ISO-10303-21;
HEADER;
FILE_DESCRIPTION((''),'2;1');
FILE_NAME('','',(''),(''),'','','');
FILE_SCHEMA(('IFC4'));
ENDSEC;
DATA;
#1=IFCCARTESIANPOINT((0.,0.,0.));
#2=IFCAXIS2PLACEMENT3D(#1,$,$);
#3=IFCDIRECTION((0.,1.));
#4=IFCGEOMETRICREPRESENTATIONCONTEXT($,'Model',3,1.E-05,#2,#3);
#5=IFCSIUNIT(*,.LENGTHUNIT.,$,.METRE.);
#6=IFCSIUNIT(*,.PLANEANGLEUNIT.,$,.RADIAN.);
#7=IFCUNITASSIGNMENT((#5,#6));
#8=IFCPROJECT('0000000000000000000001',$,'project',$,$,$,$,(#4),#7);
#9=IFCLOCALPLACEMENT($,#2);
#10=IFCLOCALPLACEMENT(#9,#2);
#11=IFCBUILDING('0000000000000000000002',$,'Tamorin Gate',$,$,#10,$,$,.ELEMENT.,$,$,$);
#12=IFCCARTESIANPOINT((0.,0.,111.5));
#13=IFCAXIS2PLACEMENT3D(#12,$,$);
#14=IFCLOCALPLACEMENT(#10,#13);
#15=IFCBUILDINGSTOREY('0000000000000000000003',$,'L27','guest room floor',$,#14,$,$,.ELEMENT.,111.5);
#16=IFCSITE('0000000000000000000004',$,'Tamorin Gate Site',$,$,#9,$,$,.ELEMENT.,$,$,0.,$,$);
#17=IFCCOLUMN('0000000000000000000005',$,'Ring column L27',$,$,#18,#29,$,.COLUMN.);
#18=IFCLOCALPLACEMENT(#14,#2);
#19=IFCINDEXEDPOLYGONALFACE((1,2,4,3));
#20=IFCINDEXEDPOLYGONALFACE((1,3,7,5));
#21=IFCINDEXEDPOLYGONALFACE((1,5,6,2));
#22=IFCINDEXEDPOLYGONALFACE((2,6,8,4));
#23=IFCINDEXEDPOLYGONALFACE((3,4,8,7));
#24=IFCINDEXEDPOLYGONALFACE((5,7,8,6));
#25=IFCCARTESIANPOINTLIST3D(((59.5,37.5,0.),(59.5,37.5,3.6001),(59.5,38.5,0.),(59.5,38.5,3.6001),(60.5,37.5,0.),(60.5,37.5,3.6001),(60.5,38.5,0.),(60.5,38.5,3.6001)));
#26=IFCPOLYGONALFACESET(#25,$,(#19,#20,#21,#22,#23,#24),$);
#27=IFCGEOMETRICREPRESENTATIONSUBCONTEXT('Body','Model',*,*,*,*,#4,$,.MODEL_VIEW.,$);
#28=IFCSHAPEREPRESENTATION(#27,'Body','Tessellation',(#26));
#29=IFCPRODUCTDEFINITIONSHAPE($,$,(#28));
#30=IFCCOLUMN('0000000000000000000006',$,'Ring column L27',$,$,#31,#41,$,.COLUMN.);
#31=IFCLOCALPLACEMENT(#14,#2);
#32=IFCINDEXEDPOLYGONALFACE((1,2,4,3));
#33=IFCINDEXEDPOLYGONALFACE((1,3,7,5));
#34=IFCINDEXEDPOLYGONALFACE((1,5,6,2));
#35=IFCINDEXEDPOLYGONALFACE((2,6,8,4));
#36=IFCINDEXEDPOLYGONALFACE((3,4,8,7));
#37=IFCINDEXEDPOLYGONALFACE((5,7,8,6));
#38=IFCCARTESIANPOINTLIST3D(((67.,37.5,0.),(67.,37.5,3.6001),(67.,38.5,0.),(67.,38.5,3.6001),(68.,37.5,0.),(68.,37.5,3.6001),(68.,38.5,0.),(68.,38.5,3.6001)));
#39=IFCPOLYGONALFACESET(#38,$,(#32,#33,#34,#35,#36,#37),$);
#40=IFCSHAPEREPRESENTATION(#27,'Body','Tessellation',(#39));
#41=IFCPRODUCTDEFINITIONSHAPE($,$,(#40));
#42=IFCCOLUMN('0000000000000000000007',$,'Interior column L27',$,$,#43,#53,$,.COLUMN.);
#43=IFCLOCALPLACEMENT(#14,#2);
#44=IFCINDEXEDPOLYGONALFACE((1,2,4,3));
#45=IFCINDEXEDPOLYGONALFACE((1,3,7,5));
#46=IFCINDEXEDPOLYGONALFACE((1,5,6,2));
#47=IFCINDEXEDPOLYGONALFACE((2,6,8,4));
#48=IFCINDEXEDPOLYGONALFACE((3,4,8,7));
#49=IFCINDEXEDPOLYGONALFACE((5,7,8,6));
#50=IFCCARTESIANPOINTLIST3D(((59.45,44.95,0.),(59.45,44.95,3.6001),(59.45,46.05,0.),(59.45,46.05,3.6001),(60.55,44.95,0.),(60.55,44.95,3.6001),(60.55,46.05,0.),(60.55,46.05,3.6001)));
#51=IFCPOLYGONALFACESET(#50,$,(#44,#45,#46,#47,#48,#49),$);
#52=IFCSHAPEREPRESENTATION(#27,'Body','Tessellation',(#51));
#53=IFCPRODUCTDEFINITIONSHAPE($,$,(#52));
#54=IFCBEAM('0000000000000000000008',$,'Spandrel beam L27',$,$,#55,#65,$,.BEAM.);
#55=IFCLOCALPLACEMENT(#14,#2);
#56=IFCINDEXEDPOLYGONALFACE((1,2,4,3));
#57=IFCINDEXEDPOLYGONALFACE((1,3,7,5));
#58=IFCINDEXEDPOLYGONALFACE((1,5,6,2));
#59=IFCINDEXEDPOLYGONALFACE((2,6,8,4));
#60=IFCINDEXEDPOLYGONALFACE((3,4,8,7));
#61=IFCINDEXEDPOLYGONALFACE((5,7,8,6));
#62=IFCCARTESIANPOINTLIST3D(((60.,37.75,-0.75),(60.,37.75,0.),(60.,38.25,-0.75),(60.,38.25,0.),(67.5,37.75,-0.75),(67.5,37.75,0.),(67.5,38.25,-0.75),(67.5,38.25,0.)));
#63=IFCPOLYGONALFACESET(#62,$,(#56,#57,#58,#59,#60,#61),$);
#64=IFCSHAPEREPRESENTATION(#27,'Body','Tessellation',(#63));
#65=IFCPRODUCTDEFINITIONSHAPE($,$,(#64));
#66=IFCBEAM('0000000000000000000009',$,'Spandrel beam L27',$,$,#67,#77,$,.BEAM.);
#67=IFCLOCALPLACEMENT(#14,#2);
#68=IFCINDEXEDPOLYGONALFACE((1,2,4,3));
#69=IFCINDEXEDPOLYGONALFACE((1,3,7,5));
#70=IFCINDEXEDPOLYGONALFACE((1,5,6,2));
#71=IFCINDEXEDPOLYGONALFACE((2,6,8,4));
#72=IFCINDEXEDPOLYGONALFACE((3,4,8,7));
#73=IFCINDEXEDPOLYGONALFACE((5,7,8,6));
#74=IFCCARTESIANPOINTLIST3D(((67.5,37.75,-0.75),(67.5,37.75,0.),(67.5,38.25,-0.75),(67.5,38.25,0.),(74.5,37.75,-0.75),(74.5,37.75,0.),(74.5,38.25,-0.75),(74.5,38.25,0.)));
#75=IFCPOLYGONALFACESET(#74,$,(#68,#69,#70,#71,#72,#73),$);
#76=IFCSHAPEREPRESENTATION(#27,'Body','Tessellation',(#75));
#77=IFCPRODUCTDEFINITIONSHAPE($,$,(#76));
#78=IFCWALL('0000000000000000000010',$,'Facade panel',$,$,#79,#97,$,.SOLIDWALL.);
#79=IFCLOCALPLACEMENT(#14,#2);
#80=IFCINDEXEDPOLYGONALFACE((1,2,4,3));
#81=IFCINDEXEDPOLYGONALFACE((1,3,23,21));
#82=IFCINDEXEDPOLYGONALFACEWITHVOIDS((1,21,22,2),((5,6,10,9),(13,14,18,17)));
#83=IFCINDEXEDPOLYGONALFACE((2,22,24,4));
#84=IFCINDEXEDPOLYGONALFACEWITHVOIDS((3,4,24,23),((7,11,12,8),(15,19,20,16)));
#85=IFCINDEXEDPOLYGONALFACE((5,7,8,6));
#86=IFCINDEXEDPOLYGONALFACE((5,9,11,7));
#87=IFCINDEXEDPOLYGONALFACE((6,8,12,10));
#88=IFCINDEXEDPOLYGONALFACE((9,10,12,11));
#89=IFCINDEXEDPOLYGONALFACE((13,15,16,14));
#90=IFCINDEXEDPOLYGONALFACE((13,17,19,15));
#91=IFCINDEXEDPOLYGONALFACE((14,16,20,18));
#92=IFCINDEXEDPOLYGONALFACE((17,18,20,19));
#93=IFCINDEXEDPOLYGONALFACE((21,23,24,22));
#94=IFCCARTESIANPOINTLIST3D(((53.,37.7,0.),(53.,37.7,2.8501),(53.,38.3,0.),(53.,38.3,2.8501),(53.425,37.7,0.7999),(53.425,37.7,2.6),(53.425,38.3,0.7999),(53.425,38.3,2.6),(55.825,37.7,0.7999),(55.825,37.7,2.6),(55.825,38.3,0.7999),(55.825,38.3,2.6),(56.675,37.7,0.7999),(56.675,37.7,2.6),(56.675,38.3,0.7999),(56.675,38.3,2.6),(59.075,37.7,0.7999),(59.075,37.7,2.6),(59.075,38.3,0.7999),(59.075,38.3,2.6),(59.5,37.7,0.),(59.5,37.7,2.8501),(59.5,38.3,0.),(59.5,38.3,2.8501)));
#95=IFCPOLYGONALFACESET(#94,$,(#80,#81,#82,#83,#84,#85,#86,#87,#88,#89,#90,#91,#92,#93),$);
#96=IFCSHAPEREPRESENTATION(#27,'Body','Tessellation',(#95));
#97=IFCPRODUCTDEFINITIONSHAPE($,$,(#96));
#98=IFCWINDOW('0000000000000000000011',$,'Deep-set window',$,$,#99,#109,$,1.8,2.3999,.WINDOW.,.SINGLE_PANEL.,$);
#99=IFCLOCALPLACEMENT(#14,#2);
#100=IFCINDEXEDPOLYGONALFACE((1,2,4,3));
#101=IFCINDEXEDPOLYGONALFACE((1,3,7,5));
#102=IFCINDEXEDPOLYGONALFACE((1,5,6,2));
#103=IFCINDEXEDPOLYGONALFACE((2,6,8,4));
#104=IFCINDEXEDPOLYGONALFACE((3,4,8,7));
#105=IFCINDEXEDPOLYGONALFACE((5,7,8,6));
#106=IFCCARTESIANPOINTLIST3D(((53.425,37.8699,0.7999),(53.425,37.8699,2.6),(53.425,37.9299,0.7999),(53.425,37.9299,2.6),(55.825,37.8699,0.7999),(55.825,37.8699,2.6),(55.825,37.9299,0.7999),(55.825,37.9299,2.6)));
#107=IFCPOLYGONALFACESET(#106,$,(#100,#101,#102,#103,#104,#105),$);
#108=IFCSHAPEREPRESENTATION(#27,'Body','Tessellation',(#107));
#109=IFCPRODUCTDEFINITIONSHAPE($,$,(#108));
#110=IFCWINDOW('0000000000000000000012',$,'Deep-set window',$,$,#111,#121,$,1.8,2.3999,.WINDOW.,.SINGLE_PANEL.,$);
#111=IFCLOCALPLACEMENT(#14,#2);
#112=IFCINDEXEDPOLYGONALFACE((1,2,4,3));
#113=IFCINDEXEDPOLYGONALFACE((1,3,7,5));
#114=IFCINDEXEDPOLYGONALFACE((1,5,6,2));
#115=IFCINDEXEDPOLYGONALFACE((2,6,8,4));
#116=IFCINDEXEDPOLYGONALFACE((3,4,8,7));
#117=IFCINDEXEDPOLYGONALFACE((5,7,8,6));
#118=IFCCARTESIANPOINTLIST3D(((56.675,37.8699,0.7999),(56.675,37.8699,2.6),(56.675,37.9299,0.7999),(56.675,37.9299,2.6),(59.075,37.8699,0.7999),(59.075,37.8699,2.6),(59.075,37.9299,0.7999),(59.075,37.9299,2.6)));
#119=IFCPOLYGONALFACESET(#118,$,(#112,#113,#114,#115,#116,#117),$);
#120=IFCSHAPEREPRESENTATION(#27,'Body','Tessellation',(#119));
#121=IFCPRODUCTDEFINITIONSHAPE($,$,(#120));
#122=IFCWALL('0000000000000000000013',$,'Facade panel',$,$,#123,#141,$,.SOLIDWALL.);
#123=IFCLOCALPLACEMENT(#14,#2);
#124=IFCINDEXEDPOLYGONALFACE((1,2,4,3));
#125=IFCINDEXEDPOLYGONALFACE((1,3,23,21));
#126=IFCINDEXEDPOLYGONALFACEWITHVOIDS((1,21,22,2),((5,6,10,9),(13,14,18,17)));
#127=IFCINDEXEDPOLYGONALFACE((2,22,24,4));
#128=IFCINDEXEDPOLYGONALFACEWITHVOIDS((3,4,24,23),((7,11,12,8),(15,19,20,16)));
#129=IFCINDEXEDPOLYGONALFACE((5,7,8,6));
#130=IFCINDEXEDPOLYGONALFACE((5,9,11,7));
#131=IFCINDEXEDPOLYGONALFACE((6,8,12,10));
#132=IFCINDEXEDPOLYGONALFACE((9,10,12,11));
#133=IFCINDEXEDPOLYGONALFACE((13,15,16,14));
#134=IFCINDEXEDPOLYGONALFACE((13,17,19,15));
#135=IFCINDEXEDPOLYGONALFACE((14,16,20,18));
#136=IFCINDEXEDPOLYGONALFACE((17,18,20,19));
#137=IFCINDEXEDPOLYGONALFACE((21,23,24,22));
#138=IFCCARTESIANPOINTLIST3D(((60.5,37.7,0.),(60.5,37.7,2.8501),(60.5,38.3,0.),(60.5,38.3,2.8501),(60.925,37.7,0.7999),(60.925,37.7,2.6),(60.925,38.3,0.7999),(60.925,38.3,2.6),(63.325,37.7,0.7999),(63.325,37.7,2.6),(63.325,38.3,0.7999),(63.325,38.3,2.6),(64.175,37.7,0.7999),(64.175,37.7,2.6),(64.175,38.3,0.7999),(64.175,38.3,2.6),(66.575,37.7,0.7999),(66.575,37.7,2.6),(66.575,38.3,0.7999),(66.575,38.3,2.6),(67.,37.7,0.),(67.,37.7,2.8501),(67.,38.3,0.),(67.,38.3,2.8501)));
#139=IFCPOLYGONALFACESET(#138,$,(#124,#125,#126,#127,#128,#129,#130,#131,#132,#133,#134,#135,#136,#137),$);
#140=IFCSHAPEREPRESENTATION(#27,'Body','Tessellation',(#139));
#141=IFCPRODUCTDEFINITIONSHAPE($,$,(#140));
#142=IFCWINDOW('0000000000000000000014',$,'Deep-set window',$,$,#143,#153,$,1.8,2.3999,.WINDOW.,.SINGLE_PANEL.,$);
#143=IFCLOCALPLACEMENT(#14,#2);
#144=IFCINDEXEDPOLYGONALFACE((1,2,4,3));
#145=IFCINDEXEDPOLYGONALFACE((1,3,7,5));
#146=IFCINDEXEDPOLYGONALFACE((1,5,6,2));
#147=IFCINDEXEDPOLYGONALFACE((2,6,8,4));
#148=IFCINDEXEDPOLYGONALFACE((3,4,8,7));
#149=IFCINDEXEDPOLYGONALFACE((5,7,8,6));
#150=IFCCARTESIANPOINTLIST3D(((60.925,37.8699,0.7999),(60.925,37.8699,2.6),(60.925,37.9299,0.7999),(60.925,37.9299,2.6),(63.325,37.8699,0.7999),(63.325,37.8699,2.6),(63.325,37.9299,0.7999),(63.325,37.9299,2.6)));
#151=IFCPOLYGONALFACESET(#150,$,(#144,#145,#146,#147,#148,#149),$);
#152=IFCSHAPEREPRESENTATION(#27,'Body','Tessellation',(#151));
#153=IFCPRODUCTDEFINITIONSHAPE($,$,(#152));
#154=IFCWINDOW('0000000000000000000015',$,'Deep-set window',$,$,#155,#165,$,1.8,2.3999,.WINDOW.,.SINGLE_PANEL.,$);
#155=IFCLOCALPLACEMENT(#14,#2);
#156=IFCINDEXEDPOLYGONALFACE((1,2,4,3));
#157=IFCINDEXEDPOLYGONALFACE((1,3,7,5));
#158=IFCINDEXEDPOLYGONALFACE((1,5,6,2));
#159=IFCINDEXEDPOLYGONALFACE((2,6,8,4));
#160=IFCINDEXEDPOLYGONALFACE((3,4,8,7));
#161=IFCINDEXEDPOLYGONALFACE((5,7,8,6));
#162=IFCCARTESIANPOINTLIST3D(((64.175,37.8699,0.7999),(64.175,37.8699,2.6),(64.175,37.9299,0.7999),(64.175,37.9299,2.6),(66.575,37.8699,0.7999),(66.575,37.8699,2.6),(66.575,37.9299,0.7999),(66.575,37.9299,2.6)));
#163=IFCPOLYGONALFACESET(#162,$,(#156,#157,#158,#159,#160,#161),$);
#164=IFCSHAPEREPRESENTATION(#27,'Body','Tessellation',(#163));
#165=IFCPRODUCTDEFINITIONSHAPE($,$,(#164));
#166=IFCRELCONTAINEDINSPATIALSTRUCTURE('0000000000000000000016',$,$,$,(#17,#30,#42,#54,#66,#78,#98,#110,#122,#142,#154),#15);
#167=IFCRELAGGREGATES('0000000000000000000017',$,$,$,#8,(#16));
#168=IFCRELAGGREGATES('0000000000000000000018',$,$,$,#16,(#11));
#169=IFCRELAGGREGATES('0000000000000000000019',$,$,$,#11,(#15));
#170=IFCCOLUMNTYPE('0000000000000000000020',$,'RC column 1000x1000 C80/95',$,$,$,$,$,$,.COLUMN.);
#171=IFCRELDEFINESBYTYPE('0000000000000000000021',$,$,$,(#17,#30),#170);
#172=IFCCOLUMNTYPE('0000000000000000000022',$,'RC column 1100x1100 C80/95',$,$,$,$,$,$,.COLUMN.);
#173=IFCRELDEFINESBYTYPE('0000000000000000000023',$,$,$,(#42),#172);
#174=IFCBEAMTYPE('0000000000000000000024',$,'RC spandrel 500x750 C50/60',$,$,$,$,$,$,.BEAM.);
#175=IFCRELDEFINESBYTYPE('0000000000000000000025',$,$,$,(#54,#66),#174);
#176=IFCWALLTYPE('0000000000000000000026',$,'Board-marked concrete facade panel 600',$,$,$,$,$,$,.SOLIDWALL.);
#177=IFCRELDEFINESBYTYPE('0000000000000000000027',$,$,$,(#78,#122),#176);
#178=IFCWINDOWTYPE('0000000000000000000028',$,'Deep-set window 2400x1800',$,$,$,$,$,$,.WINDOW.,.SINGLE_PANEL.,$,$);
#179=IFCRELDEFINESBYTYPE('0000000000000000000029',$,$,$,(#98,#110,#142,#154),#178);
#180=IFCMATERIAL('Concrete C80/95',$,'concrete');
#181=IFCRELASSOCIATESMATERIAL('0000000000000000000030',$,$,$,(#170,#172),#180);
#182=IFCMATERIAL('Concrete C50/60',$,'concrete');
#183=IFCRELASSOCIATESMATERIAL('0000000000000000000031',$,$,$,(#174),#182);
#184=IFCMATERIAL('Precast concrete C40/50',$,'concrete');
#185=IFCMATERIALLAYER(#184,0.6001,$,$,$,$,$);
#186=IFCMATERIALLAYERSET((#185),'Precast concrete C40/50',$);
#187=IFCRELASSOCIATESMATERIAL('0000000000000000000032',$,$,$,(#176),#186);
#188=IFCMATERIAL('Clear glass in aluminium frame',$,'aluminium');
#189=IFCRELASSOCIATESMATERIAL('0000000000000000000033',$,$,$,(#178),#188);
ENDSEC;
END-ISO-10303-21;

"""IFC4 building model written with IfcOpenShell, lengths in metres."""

from ifc_helpers import new_model, si_unit, direction, frame, frame_2d, origin, origin_2d, place, context, subcontext, project, spatial, rectangle, extrude, material, layer, layer_set, material_profile, profile_set, type_object, element, fill, save


model = new_model("IFC4")

# Units and contexts
model_context = context("Model", 3, precision=1e-05, world=origin(), true_north=direction((0.0, 1.0)))
body_context = subcontext(model_context, "Body", "Model", "MODEL_VIEW")
ifc_project = project(units=[si_unit("LENGTHUNIT", "METRE"), si_unit("PLANEANGLEUNIT", "RADIAN")], contexts=[model_context])

# Site, building, storey
site_placement = place(None, origin())
site = spatial("IfcSite", under=ifc_project, at=site_placement, Name="Tamorin Gate Site", CompositionType="ELEMENT", RefElevation=0.0)
building_placement = place(site_placement, origin())
building = spatial("IfcBuilding", under=site, at=building_placement, Name="Tamorin Gate", CompositionType="ELEMENT")
storey_placement = place(building_placement, frame((0.0, 0.0, 111.5)))
storey = spatial("IfcBuildingStorey", under=building, at=storey_placement, Name="L27", Description="guest room floor", CompositionType="ELEMENT", Elevation=111.5)

# Columns
ifc_material_1 = material(Name="Concrete C80/95", Category="concrete")
ifc_material_profile_1 = material_profile(ifc_material_1, rectangle(XDim=1.0, YDim=1.0, at=origin_2d()), Name="RC 1000x1000")
ifc_profile_set_1 = profile_set([ifc_material_profile_1], Name="Concrete C80/95")
column_type_1 = type_object("IfcColumnType", Name="RC column 1000x1000 C80/95", PredefinedType="COLUMN", material=ifc_profile_set_1)
for number, where, z_axis, x_axis, name in (
    (1, (60.0, 38.0, 0.0), (0.0, 0.0, 1.0), (1.0, 0.0, 0.0), "Ring column L27"),
    (2, (67.5, 38.0, 0.0), (0.0, 0.0, 1.0), (1.0, 0.0, 0.0), "Ring column L27"),
):
    element("IfcColumn", number, at=place(storey_placement, frame(where, z_axis=z_axis, x_axis=x_axis)), inside=storey, type_object=column_type_1, Name=name, PredefinedType="COLUMN", context=body_context, shape_type="SweptSolid", body=[
        extrude(rectangle(XDim=1.0, YDim=1.0, at=origin_2d()), origin(), (0.0, 0.0, 1.0), 3.6001),
    ])
ifc_material_profile_2 = material_profile(ifc_material_1, rectangle(XDim=1.1001, YDim=1.1001, at=origin_2d()), Name="RC 1100x1100")
ifc_profile_set_2 = profile_set([ifc_material_profile_2], Name="Concrete C80/95")
column_type_2 = type_object("IfcColumnType", Name="RC column 1100x1100 C80/95", PredefinedType="COLUMN", material=ifc_profile_set_2)
column_placement = place(storey_placement, frame((60.0, 45.5, 0.0), z_axis=(0.0, 0.0, 1.0), x_axis=(1.0, 0.0, 0.0)))
element("IfcColumn", 3, at=column_placement, inside=storey, type_object=column_type_2, Name="Interior column L27", PredefinedType="COLUMN", context=body_context, shape_type="SweptSolid", body=[
    extrude(rectangle(XDim=1.1001, YDim=1.1001, at=origin_2d()), origin(), (0.0, 0.0, 1.0), 3.6001),
])

# Beams
ifc_material_2 = material(Name="Concrete C50/60", Category="concrete")
ifc_material_profile_3 = material_profile(ifc_material_2, rectangle(XDim=0.5, YDim=0.75, at=origin_2d()), Name="RC 500x750")
ifc_profile_set_3 = profile_set([ifc_material_profile_3], Name="Concrete C50/60")
beam_type = type_object("IfcBeamType", Name="RC spandrel 500x750 C50/60", PredefinedType="BEAM", material=ifc_profile_set_3)
beam_1_placement = place(storey_placement, frame((60.0, 38.0, -0.375), z_axis=(1.0, 0.0, 0.0), x_axis=(0.0, 1.0, 0.0)))
element("IfcBeam", 4, at=beam_1_placement, inside=storey, type_object=beam_type, Name="Spandrel beam L27", PredefinedType="BEAM", context=body_context, shape_type="SweptSolid", body=[
    extrude(rectangle(XDim=0.5, YDim=0.75, at=origin_2d()), origin(), (0.0, 0.0, 1.0), 7.5),
])
beam_2_placement = place(storey_placement, frame((67.5, 38.0, -0.375), z_axis=(1.0, 0.0, 0.0), x_axis=(0.0, 1.0, 0.0)))
element("IfcBeam", 5, at=beam_2_placement, inside=storey, type_object=beam_type, Name="Spandrel beam L27", PredefinedType="BEAM", context=body_context, shape_type="SweptSolid", body=[
    extrude(rectangle(XDim=0.5, YDim=0.75, at=origin_2d()), origin(), (0.0, 0.0, 1.0), 7.0),
])

# Walls, openings, windows
ifc_material_3 = material(Name="Precast concrete C40/50", Category="concrete")
ifc_layer_1 = layer(ifc_material_3, 0.6001)
ifc_layer_set_1 = layer_set([ifc_layer_1], Name="Precast concrete C40/50")
wall_type_1 = type_object("IfcWallType", Name="Board-marked concrete facade panel 600", PredefinedType="SOLIDWALL", material=ifc_layer_set_1)
wall_1_placement = place(storey_placement, frame((53.0, 38.0, 0.0), z_axis=(0.0, 0.0, 1.0), x_axis=(1.0, 0.0, 0.0)))
wall_1 = element("IfcWall", 6, at=wall_1_placement, inside=storey, type_object=wall_type_1, Name="Facade panel", PredefinedType="SOLIDWALL", context=body_context, shape_type="SweptSolid", body=[
    extrude(rectangle(XDim=6.5, YDim=0.6001, at=frame_2d((3.25, 0.0))), origin(), (0.0, 0.0, 1.0), 2.8501),
])
opening_1_placement = place(wall_1_placement, frame((0.425, 0.0, 0.8)))
opening_1 = element("IfcOpeningElement", 7, at=opening_1_placement, cuts=wall_1, PredefinedType="OPENING", context=body_context, shape_type="SweptSolid", body=[
    extrude(rectangle(XDim=2.3999, YDim=1.8, at=frame_2d((1.2, 0.8999))), frame((0.0, 0.3101, 0.0), z_axis=(0.0, -1.0, 0.0), x_axis=(1.0, 0.0, 0.0)), (0.0, 0.0, 1.0), 0.6201),
])
opening_2_placement = place(wall_1_placement, frame((3.675, 0.0, 0.8)))
opening_2 = element("IfcOpeningElement", 8, at=opening_2_placement, cuts=wall_1, PredefinedType="OPENING", context=body_context, shape_type="SweptSolid", body=[
    extrude(rectangle(XDim=2.3999, YDim=1.8, at=frame_2d((1.2, 0.8999))), frame((0.0, 0.3101, 0.0), z_axis=(0.0, -1.0, 0.0), x_axis=(1.0, 0.0, 0.0)), (0.0, 0.0, 1.0), 0.6201),
])
ifc_material_4 = material(Name="Clear glass in aluminium frame", Category="aluminium")
window_type = type_object("IfcWindowType", Name="Deep-set window 2400x1800", PartitioningType="SINGLE_PANEL", PredefinedType="WINDOW", material=ifc_material_4)
window_1_placement = place(opening_1_placement, origin())
window_1 = element("IfcWindow", 9, at=window_1_placement, inside=storey, type_object=window_type, Name="Deep-set window", OverallHeight=1.8, OverallWidth=2.3999, PartitioningType="SINGLE_PANEL", PredefinedType="WINDOW", context=body_context, shape_type="SweptSolid", body=[
    extrude(rectangle(XDim=2.3999, YDim=1.8, at=frame_2d((1.2, 0.8999))), frame((0.0, -0.0701, 0.0), z_axis=(0.0, -1.0, 0.0), x_axis=(1.0, 0.0, 0.0)), (0.0, 0.0, 1.0), 0.0601),
])
fill(opening_1, window_1)
window_2_placement = place(opening_2_placement, origin())
window_2 = element("IfcWindow", 10, at=window_2_placement, inside=storey, type_object=window_type, Name="Deep-set window", OverallHeight=1.8, OverallWidth=2.3999, PartitioningType="SINGLE_PANEL", PredefinedType="WINDOW", context=body_context, shape_type="SweptSolid", body=[
    extrude(rectangle(XDim=2.3999, YDim=1.8, at=frame_2d((1.2, 0.8999))), frame((0.0, -0.0701, 0.0), z_axis=(0.0, -1.0, 0.0), x_axis=(1.0, 0.0, 0.0)), (0.0, 0.0, 1.0), 0.0601),
])
fill(opening_2, window_2)
wall_2_placement = place(storey_placement, frame((60.5, 38.0, 0.0), z_axis=(0.0, 0.0, 1.0), x_axis=(1.0, 0.0, 0.0)))
wall_2 = element("IfcWall", 11, at=wall_2_placement, inside=storey, type_object=wall_type_1, Name="Facade panel", PredefinedType="SOLIDWALL", context=body_context, shape_type="SweptSolid", body=[
    extrude(rectangle(XDim=6.5, YDim=0.6001, at=frame_2d((3.25, 0.0))), origin(), (0.0, 0.0, 1.0), 2.8501),
])
opening_3_placement = place(wall_2_placement, frame((0.425, 0.0, 0.8)))
opening_3 = element("IfcOpeningElement", 12, at=opening_3_placement, cuts=wall_2, PredefinedType="OPENING", context=body_context, shape_type="SweptSolid", body=[
    extrude(rectangle(XDim=2.3999, YDim=1.8, at=frame_2d((1.2, 0.8999))), frame((0.0, 0.3101, 0.0), z_axis=(0.0, -1.0, 0.0), x_axis=(1.0, 0.0, 0.0)), (0.0, 0.0, 1.0), 0.6201),
])
opening_4_placement = place(wall_2_placement, frame((3.675, 0.0, 0.8)))
opening_4 = element("IfcOpeningElement", 13, at=opening_4_placement, cuts=wall_2, PredefinedType="OPENING", context=body_context, shape_type="SweptSolid", body=[
    extrude(rectangle(XDim=2.3999, YDim=1.8, at=frame_2d((1.2, 0.8999))), frame((0.0, 0.3101, 0.0), z_axis=(0.0, -1.0, 0.0), x_axis=(1.0, 0.0, 0.0)), (0.0, 0.0, 1.0), 0.6201),
])
window_3_placement = place(opening_3_placement, origin())
window_3 = element("IfcWindow", 14, at=window_3_placement, inside=storey, type_object=window_type, Name="Deep-set window", OverallHeight=1.8, OverallWidth=2.3999, PartitioningType="SINGLE_PANEL", PredefinedType="WINDOW", context=body_context, shape_type="SweptSolid", body=[
    extrude(rectangle(XDim=2.3999, YDim=1.8, at=frame_2d((1.2, 0.8999))), frame((0.0, -0.0701, 0.0), z_axis=(0.0, -1.0, 0.0), x_axis=(1.0, 0.0, 0.0)), (0.0, 0.0, 1.0), 0.0601),
])
fill(opening_3, window_3)
window_4_placement = place(opening_4_placement, origin())
window_4 = element("IfcWindow", 15, at=window_4_placement, inside=storey, type_object=window_type, Name="Deep-set window", OverallHeight=1.8, OverallWidth=2.3999, PartitioningType="SINGLE_PANEL", PredefinedType="WINDOW", context=body_context, shape_type="SweptSolid", body=[
    extrude(rectangle(XDim=2.3999, YDim=1.8, at=frame_2d((1.2, 0.8999))), frame((0.0, -0.0701, 0.0), z_axis=(0.0, -1.0, 0.0), x_axis=(1.0, 0.0, 0.0)), (0.0, 0.0, 1.0), 0.0601),
])
fill(opening_4, window_4)

save(model, "model.ifc")
